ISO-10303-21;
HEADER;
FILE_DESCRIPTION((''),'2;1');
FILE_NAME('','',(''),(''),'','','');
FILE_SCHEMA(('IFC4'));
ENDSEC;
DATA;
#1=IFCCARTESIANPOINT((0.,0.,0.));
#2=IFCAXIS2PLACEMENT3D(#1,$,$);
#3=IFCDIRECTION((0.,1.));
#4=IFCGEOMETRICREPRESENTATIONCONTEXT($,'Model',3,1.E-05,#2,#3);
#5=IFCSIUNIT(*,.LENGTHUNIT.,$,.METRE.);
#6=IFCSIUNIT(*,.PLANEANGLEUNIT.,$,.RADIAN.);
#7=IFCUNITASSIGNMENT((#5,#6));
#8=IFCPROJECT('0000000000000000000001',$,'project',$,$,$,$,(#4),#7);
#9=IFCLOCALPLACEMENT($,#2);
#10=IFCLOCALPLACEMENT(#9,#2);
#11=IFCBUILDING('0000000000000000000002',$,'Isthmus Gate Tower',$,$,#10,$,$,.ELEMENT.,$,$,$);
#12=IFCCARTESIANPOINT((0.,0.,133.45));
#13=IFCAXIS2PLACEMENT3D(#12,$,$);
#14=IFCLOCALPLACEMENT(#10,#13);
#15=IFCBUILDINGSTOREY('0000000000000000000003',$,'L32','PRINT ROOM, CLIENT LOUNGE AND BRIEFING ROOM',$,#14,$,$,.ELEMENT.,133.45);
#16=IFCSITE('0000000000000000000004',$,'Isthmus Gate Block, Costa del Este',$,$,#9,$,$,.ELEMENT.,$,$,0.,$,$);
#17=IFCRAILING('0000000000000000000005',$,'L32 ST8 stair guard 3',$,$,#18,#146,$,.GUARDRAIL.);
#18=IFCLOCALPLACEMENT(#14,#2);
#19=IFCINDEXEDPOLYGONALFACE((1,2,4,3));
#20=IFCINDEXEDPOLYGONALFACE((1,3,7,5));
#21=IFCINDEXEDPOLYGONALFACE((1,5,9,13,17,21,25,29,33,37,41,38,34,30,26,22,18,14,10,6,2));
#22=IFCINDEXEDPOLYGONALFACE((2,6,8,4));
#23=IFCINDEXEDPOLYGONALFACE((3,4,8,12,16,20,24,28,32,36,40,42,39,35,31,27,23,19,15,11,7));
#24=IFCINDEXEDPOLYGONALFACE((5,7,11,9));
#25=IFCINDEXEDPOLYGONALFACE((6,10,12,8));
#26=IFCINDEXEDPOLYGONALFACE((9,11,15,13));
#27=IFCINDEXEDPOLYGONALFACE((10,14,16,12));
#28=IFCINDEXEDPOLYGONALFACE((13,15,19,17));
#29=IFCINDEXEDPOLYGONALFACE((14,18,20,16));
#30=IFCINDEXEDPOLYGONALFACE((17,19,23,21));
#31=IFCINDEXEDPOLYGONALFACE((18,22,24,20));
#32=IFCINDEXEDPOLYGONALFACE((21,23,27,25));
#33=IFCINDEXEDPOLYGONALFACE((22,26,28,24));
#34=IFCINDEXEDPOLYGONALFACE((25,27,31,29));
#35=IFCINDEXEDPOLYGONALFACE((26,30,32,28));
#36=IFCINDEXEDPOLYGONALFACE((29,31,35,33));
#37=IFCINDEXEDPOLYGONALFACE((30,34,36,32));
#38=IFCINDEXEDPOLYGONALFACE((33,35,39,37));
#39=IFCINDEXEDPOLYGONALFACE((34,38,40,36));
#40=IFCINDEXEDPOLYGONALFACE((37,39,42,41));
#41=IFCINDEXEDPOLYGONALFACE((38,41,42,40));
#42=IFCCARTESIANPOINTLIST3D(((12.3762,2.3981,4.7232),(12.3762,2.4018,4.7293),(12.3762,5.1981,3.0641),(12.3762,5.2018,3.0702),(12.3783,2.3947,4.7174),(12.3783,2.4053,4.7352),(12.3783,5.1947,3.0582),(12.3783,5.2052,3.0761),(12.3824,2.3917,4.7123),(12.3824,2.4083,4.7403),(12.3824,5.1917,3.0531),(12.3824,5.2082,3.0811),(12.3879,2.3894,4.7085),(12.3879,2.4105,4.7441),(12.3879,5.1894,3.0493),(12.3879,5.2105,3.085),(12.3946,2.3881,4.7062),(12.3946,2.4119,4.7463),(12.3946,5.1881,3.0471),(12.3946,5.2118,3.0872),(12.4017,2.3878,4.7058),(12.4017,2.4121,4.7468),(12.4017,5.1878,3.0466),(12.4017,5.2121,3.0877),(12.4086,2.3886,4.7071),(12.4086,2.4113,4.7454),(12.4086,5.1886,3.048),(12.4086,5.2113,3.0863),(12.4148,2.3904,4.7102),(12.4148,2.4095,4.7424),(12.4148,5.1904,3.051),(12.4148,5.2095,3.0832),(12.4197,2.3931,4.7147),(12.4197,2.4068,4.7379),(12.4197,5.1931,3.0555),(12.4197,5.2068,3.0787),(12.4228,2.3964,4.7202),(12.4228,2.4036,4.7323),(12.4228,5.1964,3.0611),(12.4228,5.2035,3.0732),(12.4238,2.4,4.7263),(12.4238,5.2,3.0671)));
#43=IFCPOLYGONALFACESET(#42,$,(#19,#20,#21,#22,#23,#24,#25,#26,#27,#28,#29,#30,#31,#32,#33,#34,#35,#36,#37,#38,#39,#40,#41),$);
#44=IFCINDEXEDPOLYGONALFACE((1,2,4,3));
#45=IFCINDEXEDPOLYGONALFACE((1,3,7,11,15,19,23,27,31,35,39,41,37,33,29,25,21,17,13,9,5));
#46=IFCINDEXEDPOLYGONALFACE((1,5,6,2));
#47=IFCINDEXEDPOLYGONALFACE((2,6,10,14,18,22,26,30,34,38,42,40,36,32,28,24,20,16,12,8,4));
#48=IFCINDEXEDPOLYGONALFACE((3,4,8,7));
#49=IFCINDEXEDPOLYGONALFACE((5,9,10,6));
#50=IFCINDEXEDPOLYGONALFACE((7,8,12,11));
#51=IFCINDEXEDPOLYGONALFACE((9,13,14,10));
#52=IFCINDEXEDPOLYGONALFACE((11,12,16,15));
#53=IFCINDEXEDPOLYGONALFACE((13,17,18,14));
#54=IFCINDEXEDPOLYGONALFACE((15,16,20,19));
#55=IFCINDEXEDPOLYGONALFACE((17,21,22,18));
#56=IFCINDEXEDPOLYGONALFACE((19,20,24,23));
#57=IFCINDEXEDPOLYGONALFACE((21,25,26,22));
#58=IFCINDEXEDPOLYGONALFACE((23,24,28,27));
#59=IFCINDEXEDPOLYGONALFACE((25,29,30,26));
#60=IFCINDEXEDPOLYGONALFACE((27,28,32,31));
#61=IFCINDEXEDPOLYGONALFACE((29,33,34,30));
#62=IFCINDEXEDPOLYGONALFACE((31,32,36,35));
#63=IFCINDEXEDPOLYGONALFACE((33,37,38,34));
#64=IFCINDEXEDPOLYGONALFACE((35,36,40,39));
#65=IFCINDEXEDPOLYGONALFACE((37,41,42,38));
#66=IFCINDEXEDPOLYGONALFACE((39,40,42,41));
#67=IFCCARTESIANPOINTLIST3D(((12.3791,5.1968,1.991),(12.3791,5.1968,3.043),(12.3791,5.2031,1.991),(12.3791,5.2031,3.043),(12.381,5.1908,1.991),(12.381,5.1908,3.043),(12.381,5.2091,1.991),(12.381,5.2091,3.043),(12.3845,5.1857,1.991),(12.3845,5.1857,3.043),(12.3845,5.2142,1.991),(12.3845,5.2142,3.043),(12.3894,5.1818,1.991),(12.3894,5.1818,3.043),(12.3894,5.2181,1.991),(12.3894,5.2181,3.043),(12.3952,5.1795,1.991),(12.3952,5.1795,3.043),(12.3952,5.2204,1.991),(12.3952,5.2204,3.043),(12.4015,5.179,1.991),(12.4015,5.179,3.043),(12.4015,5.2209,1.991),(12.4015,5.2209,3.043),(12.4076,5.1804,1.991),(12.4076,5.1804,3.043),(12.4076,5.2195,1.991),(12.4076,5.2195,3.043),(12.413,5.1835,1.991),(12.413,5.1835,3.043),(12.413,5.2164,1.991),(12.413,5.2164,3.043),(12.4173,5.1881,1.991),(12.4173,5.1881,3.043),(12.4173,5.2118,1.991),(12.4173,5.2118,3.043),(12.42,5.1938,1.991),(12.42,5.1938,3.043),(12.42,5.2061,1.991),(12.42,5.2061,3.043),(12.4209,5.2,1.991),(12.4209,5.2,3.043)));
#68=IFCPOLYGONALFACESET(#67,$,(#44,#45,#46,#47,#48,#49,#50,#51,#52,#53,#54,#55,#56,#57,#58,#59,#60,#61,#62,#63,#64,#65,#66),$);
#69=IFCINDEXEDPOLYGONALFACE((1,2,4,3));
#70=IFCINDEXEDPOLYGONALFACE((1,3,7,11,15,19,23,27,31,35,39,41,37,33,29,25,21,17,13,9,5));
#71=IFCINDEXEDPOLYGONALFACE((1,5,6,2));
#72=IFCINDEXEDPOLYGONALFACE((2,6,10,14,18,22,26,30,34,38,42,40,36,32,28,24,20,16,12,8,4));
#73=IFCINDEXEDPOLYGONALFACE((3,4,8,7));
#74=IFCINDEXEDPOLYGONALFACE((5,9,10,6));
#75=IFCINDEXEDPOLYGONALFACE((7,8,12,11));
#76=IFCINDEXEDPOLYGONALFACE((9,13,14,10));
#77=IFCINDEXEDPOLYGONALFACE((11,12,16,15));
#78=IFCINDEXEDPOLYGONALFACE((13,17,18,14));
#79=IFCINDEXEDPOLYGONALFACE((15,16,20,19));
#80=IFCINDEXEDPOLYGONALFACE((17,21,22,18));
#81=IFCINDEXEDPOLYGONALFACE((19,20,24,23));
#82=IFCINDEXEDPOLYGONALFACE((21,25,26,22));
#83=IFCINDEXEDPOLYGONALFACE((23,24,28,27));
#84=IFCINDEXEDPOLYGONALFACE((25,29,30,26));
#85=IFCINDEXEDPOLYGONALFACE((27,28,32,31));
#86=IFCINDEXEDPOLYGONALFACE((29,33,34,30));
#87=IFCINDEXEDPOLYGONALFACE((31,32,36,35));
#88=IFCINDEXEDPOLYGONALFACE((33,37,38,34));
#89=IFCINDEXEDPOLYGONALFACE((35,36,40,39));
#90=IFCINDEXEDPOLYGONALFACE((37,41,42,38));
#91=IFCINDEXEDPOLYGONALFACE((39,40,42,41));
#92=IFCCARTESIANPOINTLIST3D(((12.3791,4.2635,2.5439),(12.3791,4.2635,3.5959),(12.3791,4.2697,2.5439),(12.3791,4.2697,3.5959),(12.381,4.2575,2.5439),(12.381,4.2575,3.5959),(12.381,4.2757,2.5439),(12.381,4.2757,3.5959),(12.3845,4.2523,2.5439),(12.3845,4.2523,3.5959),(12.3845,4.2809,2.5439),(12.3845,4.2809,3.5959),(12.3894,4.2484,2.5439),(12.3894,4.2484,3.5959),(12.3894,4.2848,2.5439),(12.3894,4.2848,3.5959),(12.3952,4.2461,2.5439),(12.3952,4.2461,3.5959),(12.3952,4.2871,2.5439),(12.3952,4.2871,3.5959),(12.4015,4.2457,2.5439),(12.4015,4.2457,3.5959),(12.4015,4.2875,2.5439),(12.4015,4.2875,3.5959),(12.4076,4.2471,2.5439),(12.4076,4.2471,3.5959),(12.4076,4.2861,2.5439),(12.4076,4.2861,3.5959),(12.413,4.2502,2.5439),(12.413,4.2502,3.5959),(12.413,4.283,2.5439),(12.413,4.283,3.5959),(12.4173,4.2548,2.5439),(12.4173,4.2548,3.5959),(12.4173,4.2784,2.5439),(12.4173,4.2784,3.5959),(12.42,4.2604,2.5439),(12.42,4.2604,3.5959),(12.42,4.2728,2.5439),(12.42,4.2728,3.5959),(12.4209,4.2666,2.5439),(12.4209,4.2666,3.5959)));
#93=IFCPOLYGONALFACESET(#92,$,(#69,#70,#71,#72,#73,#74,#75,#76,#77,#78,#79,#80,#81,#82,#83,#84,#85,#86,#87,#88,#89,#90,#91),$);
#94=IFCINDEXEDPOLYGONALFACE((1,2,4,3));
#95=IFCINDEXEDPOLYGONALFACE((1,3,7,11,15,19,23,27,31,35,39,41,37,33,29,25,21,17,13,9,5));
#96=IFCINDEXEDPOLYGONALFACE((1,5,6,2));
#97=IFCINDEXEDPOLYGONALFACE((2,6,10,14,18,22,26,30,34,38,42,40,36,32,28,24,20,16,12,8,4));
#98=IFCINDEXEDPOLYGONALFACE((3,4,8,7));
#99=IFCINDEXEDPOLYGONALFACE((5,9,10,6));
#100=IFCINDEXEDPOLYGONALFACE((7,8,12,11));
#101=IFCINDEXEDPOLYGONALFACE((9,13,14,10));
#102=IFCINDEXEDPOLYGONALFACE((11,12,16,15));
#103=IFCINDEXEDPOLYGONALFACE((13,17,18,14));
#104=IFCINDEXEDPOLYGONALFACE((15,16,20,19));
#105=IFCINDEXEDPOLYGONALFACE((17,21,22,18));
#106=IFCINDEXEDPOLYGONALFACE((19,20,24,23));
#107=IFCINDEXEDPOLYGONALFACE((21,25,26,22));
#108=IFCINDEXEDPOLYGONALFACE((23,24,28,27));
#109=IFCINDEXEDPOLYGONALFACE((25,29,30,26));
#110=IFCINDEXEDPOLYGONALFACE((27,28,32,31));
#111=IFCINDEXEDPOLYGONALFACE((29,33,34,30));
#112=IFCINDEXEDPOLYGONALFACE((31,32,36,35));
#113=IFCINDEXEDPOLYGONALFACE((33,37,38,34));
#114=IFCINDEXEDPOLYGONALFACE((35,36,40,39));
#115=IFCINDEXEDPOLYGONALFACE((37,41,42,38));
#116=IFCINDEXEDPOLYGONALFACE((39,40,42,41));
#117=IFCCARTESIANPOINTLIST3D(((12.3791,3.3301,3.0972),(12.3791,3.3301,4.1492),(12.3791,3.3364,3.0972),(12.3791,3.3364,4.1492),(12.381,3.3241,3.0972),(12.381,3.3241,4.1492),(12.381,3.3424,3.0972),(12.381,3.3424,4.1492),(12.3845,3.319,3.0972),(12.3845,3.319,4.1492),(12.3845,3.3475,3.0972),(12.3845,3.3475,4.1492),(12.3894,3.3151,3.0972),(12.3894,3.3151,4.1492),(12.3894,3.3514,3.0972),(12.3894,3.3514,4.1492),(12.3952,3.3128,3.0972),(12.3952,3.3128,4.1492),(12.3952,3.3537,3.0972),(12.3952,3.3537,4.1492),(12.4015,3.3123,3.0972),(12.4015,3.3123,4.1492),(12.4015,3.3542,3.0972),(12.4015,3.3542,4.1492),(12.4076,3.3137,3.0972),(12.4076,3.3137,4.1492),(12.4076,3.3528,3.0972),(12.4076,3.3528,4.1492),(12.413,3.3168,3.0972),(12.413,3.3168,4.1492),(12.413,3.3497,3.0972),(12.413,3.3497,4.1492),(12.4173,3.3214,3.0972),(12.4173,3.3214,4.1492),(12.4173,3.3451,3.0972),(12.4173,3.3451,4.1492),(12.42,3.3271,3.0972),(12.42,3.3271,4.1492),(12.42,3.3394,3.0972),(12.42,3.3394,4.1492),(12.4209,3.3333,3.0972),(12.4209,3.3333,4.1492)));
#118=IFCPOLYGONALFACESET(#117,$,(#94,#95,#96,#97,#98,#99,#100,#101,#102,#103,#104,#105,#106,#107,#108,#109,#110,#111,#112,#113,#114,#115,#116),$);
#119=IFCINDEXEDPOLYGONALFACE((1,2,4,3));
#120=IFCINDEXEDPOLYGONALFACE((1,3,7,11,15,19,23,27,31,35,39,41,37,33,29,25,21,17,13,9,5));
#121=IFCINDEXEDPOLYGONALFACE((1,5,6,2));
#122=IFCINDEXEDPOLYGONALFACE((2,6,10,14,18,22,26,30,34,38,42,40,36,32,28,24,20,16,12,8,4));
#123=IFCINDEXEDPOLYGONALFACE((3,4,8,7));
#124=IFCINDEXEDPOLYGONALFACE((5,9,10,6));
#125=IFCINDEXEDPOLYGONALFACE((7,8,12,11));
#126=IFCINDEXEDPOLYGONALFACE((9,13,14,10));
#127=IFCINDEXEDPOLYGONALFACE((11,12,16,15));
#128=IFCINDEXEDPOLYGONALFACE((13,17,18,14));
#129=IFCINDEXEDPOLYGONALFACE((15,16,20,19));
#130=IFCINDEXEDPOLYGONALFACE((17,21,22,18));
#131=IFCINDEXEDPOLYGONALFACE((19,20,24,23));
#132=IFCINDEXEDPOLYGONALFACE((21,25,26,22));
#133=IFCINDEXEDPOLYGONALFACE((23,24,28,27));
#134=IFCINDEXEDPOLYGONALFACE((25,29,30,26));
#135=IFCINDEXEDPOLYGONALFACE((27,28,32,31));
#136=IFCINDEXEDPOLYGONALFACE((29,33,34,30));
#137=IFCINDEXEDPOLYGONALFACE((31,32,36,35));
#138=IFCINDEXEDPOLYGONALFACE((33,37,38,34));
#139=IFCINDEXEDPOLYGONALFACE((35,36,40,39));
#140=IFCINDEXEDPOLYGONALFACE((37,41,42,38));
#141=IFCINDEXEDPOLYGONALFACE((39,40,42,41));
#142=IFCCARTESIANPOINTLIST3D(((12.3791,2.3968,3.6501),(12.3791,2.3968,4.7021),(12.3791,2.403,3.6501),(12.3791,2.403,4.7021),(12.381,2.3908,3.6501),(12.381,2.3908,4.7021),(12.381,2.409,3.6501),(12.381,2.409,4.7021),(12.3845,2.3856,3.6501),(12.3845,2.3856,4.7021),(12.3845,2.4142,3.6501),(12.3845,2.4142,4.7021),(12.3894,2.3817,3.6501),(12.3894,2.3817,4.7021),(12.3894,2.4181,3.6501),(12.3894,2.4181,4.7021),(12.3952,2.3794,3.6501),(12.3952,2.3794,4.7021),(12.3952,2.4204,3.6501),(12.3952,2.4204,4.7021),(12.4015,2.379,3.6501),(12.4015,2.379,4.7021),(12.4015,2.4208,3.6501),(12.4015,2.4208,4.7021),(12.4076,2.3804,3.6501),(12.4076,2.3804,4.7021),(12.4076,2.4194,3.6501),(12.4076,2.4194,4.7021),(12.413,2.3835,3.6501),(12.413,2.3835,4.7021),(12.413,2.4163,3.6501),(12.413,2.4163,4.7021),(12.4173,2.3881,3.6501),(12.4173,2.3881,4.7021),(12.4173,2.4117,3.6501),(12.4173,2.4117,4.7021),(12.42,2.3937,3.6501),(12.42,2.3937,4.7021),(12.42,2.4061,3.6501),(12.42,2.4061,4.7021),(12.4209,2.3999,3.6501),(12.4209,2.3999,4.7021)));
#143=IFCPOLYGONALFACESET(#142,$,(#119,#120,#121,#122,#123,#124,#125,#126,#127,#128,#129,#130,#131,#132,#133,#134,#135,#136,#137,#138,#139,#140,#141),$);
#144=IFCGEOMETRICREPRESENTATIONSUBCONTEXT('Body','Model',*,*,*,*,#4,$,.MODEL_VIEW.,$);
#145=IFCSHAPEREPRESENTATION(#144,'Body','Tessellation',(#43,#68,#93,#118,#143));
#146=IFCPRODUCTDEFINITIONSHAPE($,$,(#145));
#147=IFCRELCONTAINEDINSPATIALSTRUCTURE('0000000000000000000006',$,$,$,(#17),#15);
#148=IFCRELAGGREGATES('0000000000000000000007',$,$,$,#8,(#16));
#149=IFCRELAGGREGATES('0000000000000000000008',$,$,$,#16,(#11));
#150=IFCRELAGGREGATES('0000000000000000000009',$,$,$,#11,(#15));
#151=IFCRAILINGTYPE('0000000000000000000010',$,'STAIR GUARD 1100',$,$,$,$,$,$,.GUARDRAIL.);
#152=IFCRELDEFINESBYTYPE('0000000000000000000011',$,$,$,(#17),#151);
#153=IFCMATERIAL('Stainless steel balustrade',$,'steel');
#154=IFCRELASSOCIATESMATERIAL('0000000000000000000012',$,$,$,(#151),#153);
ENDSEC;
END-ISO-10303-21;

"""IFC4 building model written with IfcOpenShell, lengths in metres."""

from ifc_helpers import new_model, si_unit, direction, frame, origin, origin_2d, place, context, subcontext, project, spatial, circle, extrude, material, type_object, element, save


model = new_model("IFC4")

# Units and contexts
model_context = context("Model", 3, precision=1e-05, world=origin(), true_north=direction((0.0, 1.0)))
body_context = subcontext(model_context, "Body", "Model", "MODEL_VIEW")
ifc_project = project(units=[si_unit("LENGTHUNIT", "METRE"), si_unit("PLANEANGLEUNIT", "RADIAN")], contexts=[model_context])

# Site, building, storey
site_placement = place(None, origin())
site = spatial("IfcSite", under=ifc_project, at=site_placement, Name="Isthmus Gate Block, Costa del Este", CompositionType="ELEMENT", RefElevation=0.0)
building_placement = place(site_placement, origin())
building = spatial("IfcBuilding", under=site, at=building_placement, Name="Isthmus Gate Tower", CompositionType="ELEMENT")
storey_placement = place(building_placement, frame((0.0, 0.0, 133.45)))
storey = spatial("IfcBuildingStorey", under=building, at=storey_placement, Name="L32", Description="PRINT ROOM, CLIENT LOUNGE AND BRIEFING ROOM", CompositionType="ELEMENT", Elevation=133.45)

# Railing
ifc_material_1 = material(Name="Stainless steel balustrade", Category="steel")
railing_type_1 = type_object("IfcRailingType", Name="STAIR GUARD 1100", PredefinedType="GUARDRAIL", material=ifc_material_1)
railing_1_placement = place(storey_placement, frame((12.3999, 5.2, 1.991)))
element("IfcRailing", 1, at=railing_1_placement, inside=storey, type_object=railing_type_1, Name="L32 ST8 stair guard 3", PredefinedType="GUARDRAIL", context=body_context, shape_type="SweptSolid", body=[
    extrude(circle(Radius=0.0239, at=origin_2d()), frame((0.0, 0.0, 1.0762), z_axis=(0.0, -0.860306, 0.509778), x_axis=(1.0, 0.0, 0.0)), (0.0, 0.0, 1.0), 3.2546),
    extrude(circle(Radius=0.021, at=origin_2d()), origin(), (0.0, 0.0, 1.0), 1.052),
    extrude(circle(Radius=0.021, at=origin_2d()), frame((0.0, -0.9333, 0.553)), (0.0, 0.0, 1.0), 1.052),
    extrude(circle(Radius=0.021, at=origin_2d()), frame((0.0, -1.8667, 1.1062)), (0.0, 0.0, 1.0), 1.052),
    extrude(circle(Radius=0.021, at=origin_2d()), frame((0.0, -2.8, 1.6592)), (0.0, 0.0, 1.0), 1.052),
])

save(model, "model.ifc")
